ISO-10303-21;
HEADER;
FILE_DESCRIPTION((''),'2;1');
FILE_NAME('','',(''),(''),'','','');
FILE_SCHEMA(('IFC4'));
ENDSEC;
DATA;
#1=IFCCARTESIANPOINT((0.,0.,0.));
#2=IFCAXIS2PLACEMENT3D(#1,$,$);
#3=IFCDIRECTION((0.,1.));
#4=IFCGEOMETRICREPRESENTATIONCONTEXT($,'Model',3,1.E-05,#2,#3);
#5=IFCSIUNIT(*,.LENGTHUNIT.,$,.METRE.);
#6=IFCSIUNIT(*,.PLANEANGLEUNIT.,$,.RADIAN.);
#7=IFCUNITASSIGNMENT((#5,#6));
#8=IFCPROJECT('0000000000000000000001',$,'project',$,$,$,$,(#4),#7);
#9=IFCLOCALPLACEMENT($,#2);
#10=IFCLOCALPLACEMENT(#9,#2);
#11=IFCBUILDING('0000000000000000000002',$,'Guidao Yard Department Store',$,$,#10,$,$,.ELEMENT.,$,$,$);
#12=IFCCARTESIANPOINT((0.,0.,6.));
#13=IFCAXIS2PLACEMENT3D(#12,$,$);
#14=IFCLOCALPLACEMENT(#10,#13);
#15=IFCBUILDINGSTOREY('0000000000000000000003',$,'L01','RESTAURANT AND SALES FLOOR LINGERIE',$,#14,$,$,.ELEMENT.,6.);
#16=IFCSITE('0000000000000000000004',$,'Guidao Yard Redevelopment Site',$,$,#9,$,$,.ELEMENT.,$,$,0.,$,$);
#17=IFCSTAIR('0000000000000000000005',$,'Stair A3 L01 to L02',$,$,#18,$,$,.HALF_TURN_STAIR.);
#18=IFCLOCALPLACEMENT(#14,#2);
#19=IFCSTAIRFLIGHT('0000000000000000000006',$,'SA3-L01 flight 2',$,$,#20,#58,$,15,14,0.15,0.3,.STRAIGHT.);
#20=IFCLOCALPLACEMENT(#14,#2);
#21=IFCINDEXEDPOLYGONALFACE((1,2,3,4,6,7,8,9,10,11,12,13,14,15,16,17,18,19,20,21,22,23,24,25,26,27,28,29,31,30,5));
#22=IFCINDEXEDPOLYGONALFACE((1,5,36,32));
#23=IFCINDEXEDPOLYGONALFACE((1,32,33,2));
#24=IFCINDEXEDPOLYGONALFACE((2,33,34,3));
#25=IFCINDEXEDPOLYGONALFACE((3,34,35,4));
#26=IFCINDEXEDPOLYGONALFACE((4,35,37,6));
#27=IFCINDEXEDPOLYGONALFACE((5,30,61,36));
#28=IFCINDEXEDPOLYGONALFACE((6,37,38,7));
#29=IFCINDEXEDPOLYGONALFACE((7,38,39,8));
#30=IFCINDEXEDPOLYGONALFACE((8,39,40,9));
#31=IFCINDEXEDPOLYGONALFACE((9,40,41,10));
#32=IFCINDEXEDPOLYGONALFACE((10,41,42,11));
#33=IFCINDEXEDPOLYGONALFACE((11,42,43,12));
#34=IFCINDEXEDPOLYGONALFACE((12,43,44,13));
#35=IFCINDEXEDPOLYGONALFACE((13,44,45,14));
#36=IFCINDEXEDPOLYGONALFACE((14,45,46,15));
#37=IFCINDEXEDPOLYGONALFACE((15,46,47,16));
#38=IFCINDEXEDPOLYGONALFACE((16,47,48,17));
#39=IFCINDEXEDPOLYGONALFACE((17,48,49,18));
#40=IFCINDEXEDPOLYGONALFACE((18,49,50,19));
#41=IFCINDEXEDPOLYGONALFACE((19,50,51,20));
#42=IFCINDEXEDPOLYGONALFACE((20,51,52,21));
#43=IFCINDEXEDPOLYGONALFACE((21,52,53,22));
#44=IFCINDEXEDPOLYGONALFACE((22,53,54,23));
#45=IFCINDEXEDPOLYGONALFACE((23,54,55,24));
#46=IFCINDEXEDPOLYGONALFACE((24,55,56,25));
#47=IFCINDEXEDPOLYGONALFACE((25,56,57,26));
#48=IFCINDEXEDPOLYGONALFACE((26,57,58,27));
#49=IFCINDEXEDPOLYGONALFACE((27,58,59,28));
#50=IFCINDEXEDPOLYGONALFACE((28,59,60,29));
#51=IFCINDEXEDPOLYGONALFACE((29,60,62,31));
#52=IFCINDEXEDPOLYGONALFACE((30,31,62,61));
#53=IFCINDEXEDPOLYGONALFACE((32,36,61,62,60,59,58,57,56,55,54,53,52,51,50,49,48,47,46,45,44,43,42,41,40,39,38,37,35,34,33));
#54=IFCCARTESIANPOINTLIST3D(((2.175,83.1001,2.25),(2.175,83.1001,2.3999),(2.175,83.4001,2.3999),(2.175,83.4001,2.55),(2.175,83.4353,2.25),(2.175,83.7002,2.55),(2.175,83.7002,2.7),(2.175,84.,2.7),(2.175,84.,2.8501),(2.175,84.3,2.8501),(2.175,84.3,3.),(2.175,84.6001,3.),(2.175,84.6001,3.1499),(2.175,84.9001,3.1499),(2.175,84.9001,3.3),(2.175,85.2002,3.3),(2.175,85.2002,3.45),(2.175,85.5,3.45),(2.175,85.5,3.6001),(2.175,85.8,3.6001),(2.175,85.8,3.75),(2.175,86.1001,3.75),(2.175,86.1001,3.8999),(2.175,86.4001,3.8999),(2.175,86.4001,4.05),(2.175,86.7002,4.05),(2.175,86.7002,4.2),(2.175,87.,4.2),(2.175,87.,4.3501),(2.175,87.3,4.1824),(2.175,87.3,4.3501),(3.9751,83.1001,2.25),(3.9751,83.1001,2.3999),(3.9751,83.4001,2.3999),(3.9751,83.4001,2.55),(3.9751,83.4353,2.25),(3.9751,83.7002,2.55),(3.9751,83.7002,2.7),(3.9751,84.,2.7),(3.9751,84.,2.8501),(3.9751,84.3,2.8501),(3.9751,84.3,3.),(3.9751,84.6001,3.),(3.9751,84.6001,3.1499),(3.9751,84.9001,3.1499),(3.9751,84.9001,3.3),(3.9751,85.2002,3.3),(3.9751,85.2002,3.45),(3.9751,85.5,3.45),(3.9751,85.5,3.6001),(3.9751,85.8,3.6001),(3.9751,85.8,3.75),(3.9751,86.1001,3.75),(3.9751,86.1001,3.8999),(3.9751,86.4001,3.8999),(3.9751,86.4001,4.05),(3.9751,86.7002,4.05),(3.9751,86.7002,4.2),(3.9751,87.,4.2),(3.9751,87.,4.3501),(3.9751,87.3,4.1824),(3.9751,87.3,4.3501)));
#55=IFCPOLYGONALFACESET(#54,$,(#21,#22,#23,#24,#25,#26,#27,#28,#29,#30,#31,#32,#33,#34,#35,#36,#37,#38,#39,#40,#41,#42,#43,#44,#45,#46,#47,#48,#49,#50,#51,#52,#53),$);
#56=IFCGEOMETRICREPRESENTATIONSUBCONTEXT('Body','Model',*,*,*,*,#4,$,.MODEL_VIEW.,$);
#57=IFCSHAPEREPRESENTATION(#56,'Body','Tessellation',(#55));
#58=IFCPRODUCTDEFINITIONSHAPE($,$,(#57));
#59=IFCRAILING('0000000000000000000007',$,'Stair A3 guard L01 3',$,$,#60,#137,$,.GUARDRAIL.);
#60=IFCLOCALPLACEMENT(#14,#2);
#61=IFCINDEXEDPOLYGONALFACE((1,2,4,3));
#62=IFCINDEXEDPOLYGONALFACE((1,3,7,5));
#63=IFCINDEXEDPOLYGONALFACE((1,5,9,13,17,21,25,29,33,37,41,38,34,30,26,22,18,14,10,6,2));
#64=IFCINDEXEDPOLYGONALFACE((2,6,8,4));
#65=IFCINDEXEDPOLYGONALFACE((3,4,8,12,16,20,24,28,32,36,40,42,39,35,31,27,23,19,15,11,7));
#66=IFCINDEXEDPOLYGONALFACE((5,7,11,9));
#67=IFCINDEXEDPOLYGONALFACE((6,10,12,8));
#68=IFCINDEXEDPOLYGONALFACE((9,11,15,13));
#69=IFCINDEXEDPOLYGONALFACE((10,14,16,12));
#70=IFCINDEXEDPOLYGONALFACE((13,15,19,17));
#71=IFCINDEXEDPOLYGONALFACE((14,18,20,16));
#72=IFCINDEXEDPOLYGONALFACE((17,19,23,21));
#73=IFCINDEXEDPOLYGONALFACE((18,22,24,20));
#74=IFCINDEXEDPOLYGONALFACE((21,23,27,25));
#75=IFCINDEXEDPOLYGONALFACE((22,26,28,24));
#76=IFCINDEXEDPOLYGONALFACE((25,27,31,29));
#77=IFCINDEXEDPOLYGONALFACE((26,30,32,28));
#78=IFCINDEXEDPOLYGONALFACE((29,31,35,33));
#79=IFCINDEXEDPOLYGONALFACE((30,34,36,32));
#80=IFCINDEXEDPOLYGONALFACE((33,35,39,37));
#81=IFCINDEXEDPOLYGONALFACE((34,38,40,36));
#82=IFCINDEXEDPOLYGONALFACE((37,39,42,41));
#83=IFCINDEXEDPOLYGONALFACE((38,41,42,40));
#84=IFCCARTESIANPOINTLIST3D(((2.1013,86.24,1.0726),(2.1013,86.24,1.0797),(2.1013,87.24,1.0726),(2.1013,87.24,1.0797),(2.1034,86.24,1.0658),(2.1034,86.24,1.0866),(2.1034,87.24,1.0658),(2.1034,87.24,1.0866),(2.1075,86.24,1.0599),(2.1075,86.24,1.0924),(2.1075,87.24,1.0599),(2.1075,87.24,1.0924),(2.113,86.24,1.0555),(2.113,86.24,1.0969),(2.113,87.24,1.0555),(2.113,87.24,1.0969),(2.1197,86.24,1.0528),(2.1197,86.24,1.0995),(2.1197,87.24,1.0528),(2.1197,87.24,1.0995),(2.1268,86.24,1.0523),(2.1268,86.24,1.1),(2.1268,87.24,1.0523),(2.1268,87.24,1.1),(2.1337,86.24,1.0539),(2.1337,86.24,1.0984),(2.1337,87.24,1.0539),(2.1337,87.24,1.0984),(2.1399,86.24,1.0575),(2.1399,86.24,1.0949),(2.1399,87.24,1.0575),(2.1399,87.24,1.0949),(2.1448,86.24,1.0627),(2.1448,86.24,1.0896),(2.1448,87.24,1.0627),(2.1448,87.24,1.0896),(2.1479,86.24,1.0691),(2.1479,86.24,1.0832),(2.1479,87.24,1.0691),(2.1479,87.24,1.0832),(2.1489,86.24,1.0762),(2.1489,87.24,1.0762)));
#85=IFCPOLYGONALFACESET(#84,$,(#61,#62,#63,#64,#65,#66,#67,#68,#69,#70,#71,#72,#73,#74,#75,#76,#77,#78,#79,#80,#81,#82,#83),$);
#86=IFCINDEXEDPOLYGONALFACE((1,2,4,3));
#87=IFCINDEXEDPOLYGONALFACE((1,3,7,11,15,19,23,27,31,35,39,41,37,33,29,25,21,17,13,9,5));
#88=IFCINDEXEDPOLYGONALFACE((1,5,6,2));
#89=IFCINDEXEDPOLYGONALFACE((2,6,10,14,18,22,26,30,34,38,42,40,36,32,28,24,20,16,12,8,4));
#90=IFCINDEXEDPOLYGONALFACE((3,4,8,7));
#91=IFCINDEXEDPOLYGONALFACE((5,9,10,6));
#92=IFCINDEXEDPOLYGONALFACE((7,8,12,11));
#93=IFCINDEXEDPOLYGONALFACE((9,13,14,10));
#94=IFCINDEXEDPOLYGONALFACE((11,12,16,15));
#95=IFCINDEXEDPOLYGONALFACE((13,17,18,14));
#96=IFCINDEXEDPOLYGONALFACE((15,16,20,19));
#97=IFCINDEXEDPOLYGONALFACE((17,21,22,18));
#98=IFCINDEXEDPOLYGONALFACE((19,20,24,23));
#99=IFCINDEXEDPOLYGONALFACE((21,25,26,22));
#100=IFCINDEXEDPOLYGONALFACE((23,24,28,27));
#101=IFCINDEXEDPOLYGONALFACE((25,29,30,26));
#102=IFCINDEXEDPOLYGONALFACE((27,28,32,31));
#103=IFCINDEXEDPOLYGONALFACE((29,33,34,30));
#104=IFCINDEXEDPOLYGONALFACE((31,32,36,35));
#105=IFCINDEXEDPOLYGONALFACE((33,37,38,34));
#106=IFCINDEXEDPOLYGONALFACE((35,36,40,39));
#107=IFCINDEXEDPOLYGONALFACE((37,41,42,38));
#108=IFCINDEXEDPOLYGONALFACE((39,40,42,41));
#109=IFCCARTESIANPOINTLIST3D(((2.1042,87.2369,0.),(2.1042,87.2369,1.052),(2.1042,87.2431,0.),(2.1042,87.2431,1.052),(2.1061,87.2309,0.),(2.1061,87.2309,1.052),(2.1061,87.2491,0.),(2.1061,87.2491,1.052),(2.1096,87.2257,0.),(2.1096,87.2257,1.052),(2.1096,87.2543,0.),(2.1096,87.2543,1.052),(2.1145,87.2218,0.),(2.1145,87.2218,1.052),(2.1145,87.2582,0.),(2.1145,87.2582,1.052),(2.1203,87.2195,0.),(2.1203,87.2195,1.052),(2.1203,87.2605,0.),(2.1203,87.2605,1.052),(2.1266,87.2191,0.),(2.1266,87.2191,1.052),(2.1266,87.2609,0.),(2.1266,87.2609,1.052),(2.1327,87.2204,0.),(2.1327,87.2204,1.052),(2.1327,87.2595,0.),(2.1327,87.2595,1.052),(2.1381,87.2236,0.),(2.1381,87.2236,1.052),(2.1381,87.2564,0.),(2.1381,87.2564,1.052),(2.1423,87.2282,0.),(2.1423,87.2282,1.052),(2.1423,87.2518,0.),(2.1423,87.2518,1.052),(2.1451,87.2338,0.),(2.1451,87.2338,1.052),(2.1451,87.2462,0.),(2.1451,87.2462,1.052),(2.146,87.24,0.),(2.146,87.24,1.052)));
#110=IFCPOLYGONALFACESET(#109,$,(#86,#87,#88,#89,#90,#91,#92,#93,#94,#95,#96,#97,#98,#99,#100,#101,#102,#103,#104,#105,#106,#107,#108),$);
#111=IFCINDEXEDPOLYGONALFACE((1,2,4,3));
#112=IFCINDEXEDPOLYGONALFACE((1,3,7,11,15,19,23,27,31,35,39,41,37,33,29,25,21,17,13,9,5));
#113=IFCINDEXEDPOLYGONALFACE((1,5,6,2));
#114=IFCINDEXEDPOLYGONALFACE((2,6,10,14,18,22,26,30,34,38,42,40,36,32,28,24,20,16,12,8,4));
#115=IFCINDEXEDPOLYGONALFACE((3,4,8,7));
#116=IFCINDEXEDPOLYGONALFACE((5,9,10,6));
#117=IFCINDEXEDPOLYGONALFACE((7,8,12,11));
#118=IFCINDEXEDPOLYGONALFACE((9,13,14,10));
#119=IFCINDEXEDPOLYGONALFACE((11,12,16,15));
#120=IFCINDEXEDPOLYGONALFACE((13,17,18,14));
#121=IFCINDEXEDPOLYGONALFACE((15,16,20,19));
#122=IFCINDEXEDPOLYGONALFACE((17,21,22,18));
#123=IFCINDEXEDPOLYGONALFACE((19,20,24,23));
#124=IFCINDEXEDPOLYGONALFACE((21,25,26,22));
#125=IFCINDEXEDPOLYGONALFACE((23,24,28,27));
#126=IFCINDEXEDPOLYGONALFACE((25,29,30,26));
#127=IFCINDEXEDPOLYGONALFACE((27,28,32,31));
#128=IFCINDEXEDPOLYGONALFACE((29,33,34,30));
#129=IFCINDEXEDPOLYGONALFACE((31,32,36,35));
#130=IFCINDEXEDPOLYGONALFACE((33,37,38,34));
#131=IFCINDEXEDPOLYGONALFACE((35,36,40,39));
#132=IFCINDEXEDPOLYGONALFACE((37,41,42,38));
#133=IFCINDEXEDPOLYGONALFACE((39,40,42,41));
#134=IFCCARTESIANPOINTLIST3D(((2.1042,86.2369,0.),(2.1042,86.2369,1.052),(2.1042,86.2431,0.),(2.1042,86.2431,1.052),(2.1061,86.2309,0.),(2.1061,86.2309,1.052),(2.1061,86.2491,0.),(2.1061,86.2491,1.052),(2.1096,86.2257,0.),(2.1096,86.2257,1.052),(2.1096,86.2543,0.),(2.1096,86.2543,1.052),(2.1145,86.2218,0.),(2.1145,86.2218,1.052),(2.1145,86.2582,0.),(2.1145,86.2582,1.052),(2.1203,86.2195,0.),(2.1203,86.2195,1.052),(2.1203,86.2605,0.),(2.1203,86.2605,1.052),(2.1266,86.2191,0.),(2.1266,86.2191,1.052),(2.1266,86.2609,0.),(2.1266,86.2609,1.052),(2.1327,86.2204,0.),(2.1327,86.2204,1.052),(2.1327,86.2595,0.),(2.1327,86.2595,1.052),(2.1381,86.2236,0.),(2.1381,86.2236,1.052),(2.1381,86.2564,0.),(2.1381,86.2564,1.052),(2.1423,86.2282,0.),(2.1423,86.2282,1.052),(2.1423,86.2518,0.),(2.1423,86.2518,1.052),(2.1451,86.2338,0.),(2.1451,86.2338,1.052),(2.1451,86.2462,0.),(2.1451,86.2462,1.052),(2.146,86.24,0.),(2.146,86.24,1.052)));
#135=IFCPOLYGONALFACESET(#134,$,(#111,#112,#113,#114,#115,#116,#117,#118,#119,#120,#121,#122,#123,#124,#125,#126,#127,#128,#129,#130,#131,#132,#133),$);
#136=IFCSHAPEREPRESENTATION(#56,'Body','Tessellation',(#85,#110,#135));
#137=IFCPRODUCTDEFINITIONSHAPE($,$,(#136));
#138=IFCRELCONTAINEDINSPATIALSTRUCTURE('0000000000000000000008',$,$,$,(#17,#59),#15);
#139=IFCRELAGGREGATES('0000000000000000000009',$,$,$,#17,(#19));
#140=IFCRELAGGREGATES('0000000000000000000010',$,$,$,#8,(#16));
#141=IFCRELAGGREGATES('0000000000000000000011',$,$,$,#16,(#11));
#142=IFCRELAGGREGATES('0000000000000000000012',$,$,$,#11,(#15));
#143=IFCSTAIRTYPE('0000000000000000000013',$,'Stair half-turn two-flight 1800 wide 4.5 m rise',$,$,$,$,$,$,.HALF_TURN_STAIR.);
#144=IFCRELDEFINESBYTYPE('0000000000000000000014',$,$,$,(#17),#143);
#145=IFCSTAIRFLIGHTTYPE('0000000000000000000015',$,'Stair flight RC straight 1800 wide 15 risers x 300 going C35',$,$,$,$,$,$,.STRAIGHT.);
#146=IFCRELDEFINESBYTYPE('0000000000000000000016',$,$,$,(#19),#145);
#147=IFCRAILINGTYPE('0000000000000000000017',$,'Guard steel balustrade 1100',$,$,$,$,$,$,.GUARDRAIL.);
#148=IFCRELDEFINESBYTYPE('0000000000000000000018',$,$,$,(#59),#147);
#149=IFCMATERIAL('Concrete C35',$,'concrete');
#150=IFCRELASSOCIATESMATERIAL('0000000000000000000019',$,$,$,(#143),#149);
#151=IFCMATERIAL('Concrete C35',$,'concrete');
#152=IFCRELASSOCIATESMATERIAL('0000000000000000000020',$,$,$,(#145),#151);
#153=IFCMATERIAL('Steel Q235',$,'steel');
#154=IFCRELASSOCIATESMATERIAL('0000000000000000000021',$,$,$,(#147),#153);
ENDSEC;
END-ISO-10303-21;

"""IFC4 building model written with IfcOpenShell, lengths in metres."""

from ifc_helpers import new_model, si_unit, direction, frame, origin, origin_2d, place, context, subcontext, project, spatial, polyline, circle, outline, extrude, material, type_object, element, aggregate, save


model = new_model("IFC4")

# Units and contexts
model_context = context("Model", 3, precision=1e-05, world=origin(), true_north=direction((0.0, 1.0)))
body_context = subcontext(model_context, "Body", "Model", "MODEL_VIEW")
ifc_project = project(units=[si_unit("LENGTHUNIT", "METRE"), si_unit("PLANEANGLEUNIT", "RADIAN")], contexts=[model_context])

# Site, building, storey
site_placement = place(None, origin())
site = spatial("IfcSite", under=ifc_project, at=site_placement, Name="Guidao Yard Redevelopment Site", CompositionType="ELEMENT", RefElevation=0.0)
building_placement = place(site_placement, origin())
building = spatial("IfcBuilding", under=site, at=building_placement, Name="Guidao Yard Department Store", CompositionType="ELEMENT")
storey_placement = place(building_placement, frame((0.0, 0.0, 6.0)))
storey = spatial("IfcBuildingStorey", under=building, at=storey_placement, Name="L01", Description="RESTAURANT AND SALES FLOOR LINGERIE", CompositionType="ELEMENT", Elevation=6.0)

# Shared definitions
ifc_material_1 = material(Name="Concrete C35", Category="concrete")
stair_type = type_object("IfcStairType", Name="Stair half-turn two-flight 1800 wide 4.5 m rise", PredefinedType="HALF_TURN_STAIR", material=ifc_material_1)
ifc_material_2 = material(Name="Concrete C35", Category="concrete")
stair_flight_type = type_object("IfcStairFlightType", Name="Stair flight RC straight 1800 wide 15 risers x 300 going C35", PredefinedType="STRAIGHT", material=ifc_material_2)

# Stair, stair flight
stair_1_placement = place(storey_placement, origin())
stair_1 = element("IfcStair", 1, at=stair_1_placement, inside=storey, type_object=stair_type, Name="Stair A3 L01 to L02", PredefinedType="HALF_TURN_STAIR")
stair_flight_1_placement = place(storey_placement, frame((3.075, 83.1001, 2.25), z_axis=(0.0, 0.0, 1.0), x_axis=(0.0, 1.0, 0.0)))
stair_flight_1 = element("IfcStairFlight", 2, at=stair_flight_1_placement, type_object=stair_flight_type, Name="SA3-L01 flight 2", NumberOfRisers=15, NumberOfTreads=14, PredefinedType="STRAIGHT", RiserHeight=0.15, TreadLength=0.3, context=body_context, shape_type="SweptSolid", body=[
    extrude(outline(polyline([(0.0, 0.0), (0.0, 0.1499), (0.3, 0.1499), (0.3, 0.3), (0.6001, 0.3), (0.6001, 0.45), (0.8999, 0.45), (0.8999, 0.6001), (1.2, 0.6001), (1.2, 0.75), (1.5, 0.75), (1.5, 0.8999), (1.8, 0.8999), (1.8, 1.05), (2.1001, 1.05), (2.1001, 1.2), (2.3999, 1.2), (2.3999, 1.3501), (2.7, 1.3501), (2.7, 1.5), (3.0, 1.5), (3.0, 1.6499), (3.3, 1.6499), (3.3, 1.8), (3.6001, 1.8), (3.6001, 1.95), (3.8999, 1.95), (3.8999, 2.1001), (4.2, 2.1001), (4.2, 2.25), (4.2, 1.9324), (0.3352, 0.0), (0.0, 0.0)])), frame((0.0, 0.8999, 0.0), z_axis=(0.0, -1.0, 0.0), x_axis=(1.0, 0.0, 0.0)), (0.0, 0.0, 1.0), 1.8),
])
aggregate(stair_1, [stair_flight_1])

# Railing
ifc_material_3 = material(Name="Steel Q235", Category="steel")
railing_type_1 = type_object("IfcRailingType", Name="Guard steel balustrade 1100", PredefinedType="GUARDRAIL", material=ifc_material_3)
railing_1_placement = place(storey_placement, frame((2.125, 87.24, 0.0)))
element("IfcRailing", 3, at=railing_1_placement, inside=storey, type_object=railing_type_1, Name="Stair A3 guard L01 3", PredefinedType="GUARDRAIL", context=body_context, shape_type="SweptSolid", body=[
    extrude(circle(Radius=0.0239, at=origin_2d()), frame((0.0, 0.0, 1.0762), z_axis=(0.0, -1.0, 0.0), x_axis=(1.0, 0.0, 0.0)), (0.0, 0.0, 1.0), 1.0),
    extrude(circle(Radius=0.021, at=origin_2d()), origin(), (0.0, 0.0, 1.0), 1.052),
    extrude(circle(Radius=0.021, at=origin_2d()), frame((0.0, -1.0, 0.0)), (0.0, 0.0, 1.0), 1.052),
])

save(model, "model.ifc")
